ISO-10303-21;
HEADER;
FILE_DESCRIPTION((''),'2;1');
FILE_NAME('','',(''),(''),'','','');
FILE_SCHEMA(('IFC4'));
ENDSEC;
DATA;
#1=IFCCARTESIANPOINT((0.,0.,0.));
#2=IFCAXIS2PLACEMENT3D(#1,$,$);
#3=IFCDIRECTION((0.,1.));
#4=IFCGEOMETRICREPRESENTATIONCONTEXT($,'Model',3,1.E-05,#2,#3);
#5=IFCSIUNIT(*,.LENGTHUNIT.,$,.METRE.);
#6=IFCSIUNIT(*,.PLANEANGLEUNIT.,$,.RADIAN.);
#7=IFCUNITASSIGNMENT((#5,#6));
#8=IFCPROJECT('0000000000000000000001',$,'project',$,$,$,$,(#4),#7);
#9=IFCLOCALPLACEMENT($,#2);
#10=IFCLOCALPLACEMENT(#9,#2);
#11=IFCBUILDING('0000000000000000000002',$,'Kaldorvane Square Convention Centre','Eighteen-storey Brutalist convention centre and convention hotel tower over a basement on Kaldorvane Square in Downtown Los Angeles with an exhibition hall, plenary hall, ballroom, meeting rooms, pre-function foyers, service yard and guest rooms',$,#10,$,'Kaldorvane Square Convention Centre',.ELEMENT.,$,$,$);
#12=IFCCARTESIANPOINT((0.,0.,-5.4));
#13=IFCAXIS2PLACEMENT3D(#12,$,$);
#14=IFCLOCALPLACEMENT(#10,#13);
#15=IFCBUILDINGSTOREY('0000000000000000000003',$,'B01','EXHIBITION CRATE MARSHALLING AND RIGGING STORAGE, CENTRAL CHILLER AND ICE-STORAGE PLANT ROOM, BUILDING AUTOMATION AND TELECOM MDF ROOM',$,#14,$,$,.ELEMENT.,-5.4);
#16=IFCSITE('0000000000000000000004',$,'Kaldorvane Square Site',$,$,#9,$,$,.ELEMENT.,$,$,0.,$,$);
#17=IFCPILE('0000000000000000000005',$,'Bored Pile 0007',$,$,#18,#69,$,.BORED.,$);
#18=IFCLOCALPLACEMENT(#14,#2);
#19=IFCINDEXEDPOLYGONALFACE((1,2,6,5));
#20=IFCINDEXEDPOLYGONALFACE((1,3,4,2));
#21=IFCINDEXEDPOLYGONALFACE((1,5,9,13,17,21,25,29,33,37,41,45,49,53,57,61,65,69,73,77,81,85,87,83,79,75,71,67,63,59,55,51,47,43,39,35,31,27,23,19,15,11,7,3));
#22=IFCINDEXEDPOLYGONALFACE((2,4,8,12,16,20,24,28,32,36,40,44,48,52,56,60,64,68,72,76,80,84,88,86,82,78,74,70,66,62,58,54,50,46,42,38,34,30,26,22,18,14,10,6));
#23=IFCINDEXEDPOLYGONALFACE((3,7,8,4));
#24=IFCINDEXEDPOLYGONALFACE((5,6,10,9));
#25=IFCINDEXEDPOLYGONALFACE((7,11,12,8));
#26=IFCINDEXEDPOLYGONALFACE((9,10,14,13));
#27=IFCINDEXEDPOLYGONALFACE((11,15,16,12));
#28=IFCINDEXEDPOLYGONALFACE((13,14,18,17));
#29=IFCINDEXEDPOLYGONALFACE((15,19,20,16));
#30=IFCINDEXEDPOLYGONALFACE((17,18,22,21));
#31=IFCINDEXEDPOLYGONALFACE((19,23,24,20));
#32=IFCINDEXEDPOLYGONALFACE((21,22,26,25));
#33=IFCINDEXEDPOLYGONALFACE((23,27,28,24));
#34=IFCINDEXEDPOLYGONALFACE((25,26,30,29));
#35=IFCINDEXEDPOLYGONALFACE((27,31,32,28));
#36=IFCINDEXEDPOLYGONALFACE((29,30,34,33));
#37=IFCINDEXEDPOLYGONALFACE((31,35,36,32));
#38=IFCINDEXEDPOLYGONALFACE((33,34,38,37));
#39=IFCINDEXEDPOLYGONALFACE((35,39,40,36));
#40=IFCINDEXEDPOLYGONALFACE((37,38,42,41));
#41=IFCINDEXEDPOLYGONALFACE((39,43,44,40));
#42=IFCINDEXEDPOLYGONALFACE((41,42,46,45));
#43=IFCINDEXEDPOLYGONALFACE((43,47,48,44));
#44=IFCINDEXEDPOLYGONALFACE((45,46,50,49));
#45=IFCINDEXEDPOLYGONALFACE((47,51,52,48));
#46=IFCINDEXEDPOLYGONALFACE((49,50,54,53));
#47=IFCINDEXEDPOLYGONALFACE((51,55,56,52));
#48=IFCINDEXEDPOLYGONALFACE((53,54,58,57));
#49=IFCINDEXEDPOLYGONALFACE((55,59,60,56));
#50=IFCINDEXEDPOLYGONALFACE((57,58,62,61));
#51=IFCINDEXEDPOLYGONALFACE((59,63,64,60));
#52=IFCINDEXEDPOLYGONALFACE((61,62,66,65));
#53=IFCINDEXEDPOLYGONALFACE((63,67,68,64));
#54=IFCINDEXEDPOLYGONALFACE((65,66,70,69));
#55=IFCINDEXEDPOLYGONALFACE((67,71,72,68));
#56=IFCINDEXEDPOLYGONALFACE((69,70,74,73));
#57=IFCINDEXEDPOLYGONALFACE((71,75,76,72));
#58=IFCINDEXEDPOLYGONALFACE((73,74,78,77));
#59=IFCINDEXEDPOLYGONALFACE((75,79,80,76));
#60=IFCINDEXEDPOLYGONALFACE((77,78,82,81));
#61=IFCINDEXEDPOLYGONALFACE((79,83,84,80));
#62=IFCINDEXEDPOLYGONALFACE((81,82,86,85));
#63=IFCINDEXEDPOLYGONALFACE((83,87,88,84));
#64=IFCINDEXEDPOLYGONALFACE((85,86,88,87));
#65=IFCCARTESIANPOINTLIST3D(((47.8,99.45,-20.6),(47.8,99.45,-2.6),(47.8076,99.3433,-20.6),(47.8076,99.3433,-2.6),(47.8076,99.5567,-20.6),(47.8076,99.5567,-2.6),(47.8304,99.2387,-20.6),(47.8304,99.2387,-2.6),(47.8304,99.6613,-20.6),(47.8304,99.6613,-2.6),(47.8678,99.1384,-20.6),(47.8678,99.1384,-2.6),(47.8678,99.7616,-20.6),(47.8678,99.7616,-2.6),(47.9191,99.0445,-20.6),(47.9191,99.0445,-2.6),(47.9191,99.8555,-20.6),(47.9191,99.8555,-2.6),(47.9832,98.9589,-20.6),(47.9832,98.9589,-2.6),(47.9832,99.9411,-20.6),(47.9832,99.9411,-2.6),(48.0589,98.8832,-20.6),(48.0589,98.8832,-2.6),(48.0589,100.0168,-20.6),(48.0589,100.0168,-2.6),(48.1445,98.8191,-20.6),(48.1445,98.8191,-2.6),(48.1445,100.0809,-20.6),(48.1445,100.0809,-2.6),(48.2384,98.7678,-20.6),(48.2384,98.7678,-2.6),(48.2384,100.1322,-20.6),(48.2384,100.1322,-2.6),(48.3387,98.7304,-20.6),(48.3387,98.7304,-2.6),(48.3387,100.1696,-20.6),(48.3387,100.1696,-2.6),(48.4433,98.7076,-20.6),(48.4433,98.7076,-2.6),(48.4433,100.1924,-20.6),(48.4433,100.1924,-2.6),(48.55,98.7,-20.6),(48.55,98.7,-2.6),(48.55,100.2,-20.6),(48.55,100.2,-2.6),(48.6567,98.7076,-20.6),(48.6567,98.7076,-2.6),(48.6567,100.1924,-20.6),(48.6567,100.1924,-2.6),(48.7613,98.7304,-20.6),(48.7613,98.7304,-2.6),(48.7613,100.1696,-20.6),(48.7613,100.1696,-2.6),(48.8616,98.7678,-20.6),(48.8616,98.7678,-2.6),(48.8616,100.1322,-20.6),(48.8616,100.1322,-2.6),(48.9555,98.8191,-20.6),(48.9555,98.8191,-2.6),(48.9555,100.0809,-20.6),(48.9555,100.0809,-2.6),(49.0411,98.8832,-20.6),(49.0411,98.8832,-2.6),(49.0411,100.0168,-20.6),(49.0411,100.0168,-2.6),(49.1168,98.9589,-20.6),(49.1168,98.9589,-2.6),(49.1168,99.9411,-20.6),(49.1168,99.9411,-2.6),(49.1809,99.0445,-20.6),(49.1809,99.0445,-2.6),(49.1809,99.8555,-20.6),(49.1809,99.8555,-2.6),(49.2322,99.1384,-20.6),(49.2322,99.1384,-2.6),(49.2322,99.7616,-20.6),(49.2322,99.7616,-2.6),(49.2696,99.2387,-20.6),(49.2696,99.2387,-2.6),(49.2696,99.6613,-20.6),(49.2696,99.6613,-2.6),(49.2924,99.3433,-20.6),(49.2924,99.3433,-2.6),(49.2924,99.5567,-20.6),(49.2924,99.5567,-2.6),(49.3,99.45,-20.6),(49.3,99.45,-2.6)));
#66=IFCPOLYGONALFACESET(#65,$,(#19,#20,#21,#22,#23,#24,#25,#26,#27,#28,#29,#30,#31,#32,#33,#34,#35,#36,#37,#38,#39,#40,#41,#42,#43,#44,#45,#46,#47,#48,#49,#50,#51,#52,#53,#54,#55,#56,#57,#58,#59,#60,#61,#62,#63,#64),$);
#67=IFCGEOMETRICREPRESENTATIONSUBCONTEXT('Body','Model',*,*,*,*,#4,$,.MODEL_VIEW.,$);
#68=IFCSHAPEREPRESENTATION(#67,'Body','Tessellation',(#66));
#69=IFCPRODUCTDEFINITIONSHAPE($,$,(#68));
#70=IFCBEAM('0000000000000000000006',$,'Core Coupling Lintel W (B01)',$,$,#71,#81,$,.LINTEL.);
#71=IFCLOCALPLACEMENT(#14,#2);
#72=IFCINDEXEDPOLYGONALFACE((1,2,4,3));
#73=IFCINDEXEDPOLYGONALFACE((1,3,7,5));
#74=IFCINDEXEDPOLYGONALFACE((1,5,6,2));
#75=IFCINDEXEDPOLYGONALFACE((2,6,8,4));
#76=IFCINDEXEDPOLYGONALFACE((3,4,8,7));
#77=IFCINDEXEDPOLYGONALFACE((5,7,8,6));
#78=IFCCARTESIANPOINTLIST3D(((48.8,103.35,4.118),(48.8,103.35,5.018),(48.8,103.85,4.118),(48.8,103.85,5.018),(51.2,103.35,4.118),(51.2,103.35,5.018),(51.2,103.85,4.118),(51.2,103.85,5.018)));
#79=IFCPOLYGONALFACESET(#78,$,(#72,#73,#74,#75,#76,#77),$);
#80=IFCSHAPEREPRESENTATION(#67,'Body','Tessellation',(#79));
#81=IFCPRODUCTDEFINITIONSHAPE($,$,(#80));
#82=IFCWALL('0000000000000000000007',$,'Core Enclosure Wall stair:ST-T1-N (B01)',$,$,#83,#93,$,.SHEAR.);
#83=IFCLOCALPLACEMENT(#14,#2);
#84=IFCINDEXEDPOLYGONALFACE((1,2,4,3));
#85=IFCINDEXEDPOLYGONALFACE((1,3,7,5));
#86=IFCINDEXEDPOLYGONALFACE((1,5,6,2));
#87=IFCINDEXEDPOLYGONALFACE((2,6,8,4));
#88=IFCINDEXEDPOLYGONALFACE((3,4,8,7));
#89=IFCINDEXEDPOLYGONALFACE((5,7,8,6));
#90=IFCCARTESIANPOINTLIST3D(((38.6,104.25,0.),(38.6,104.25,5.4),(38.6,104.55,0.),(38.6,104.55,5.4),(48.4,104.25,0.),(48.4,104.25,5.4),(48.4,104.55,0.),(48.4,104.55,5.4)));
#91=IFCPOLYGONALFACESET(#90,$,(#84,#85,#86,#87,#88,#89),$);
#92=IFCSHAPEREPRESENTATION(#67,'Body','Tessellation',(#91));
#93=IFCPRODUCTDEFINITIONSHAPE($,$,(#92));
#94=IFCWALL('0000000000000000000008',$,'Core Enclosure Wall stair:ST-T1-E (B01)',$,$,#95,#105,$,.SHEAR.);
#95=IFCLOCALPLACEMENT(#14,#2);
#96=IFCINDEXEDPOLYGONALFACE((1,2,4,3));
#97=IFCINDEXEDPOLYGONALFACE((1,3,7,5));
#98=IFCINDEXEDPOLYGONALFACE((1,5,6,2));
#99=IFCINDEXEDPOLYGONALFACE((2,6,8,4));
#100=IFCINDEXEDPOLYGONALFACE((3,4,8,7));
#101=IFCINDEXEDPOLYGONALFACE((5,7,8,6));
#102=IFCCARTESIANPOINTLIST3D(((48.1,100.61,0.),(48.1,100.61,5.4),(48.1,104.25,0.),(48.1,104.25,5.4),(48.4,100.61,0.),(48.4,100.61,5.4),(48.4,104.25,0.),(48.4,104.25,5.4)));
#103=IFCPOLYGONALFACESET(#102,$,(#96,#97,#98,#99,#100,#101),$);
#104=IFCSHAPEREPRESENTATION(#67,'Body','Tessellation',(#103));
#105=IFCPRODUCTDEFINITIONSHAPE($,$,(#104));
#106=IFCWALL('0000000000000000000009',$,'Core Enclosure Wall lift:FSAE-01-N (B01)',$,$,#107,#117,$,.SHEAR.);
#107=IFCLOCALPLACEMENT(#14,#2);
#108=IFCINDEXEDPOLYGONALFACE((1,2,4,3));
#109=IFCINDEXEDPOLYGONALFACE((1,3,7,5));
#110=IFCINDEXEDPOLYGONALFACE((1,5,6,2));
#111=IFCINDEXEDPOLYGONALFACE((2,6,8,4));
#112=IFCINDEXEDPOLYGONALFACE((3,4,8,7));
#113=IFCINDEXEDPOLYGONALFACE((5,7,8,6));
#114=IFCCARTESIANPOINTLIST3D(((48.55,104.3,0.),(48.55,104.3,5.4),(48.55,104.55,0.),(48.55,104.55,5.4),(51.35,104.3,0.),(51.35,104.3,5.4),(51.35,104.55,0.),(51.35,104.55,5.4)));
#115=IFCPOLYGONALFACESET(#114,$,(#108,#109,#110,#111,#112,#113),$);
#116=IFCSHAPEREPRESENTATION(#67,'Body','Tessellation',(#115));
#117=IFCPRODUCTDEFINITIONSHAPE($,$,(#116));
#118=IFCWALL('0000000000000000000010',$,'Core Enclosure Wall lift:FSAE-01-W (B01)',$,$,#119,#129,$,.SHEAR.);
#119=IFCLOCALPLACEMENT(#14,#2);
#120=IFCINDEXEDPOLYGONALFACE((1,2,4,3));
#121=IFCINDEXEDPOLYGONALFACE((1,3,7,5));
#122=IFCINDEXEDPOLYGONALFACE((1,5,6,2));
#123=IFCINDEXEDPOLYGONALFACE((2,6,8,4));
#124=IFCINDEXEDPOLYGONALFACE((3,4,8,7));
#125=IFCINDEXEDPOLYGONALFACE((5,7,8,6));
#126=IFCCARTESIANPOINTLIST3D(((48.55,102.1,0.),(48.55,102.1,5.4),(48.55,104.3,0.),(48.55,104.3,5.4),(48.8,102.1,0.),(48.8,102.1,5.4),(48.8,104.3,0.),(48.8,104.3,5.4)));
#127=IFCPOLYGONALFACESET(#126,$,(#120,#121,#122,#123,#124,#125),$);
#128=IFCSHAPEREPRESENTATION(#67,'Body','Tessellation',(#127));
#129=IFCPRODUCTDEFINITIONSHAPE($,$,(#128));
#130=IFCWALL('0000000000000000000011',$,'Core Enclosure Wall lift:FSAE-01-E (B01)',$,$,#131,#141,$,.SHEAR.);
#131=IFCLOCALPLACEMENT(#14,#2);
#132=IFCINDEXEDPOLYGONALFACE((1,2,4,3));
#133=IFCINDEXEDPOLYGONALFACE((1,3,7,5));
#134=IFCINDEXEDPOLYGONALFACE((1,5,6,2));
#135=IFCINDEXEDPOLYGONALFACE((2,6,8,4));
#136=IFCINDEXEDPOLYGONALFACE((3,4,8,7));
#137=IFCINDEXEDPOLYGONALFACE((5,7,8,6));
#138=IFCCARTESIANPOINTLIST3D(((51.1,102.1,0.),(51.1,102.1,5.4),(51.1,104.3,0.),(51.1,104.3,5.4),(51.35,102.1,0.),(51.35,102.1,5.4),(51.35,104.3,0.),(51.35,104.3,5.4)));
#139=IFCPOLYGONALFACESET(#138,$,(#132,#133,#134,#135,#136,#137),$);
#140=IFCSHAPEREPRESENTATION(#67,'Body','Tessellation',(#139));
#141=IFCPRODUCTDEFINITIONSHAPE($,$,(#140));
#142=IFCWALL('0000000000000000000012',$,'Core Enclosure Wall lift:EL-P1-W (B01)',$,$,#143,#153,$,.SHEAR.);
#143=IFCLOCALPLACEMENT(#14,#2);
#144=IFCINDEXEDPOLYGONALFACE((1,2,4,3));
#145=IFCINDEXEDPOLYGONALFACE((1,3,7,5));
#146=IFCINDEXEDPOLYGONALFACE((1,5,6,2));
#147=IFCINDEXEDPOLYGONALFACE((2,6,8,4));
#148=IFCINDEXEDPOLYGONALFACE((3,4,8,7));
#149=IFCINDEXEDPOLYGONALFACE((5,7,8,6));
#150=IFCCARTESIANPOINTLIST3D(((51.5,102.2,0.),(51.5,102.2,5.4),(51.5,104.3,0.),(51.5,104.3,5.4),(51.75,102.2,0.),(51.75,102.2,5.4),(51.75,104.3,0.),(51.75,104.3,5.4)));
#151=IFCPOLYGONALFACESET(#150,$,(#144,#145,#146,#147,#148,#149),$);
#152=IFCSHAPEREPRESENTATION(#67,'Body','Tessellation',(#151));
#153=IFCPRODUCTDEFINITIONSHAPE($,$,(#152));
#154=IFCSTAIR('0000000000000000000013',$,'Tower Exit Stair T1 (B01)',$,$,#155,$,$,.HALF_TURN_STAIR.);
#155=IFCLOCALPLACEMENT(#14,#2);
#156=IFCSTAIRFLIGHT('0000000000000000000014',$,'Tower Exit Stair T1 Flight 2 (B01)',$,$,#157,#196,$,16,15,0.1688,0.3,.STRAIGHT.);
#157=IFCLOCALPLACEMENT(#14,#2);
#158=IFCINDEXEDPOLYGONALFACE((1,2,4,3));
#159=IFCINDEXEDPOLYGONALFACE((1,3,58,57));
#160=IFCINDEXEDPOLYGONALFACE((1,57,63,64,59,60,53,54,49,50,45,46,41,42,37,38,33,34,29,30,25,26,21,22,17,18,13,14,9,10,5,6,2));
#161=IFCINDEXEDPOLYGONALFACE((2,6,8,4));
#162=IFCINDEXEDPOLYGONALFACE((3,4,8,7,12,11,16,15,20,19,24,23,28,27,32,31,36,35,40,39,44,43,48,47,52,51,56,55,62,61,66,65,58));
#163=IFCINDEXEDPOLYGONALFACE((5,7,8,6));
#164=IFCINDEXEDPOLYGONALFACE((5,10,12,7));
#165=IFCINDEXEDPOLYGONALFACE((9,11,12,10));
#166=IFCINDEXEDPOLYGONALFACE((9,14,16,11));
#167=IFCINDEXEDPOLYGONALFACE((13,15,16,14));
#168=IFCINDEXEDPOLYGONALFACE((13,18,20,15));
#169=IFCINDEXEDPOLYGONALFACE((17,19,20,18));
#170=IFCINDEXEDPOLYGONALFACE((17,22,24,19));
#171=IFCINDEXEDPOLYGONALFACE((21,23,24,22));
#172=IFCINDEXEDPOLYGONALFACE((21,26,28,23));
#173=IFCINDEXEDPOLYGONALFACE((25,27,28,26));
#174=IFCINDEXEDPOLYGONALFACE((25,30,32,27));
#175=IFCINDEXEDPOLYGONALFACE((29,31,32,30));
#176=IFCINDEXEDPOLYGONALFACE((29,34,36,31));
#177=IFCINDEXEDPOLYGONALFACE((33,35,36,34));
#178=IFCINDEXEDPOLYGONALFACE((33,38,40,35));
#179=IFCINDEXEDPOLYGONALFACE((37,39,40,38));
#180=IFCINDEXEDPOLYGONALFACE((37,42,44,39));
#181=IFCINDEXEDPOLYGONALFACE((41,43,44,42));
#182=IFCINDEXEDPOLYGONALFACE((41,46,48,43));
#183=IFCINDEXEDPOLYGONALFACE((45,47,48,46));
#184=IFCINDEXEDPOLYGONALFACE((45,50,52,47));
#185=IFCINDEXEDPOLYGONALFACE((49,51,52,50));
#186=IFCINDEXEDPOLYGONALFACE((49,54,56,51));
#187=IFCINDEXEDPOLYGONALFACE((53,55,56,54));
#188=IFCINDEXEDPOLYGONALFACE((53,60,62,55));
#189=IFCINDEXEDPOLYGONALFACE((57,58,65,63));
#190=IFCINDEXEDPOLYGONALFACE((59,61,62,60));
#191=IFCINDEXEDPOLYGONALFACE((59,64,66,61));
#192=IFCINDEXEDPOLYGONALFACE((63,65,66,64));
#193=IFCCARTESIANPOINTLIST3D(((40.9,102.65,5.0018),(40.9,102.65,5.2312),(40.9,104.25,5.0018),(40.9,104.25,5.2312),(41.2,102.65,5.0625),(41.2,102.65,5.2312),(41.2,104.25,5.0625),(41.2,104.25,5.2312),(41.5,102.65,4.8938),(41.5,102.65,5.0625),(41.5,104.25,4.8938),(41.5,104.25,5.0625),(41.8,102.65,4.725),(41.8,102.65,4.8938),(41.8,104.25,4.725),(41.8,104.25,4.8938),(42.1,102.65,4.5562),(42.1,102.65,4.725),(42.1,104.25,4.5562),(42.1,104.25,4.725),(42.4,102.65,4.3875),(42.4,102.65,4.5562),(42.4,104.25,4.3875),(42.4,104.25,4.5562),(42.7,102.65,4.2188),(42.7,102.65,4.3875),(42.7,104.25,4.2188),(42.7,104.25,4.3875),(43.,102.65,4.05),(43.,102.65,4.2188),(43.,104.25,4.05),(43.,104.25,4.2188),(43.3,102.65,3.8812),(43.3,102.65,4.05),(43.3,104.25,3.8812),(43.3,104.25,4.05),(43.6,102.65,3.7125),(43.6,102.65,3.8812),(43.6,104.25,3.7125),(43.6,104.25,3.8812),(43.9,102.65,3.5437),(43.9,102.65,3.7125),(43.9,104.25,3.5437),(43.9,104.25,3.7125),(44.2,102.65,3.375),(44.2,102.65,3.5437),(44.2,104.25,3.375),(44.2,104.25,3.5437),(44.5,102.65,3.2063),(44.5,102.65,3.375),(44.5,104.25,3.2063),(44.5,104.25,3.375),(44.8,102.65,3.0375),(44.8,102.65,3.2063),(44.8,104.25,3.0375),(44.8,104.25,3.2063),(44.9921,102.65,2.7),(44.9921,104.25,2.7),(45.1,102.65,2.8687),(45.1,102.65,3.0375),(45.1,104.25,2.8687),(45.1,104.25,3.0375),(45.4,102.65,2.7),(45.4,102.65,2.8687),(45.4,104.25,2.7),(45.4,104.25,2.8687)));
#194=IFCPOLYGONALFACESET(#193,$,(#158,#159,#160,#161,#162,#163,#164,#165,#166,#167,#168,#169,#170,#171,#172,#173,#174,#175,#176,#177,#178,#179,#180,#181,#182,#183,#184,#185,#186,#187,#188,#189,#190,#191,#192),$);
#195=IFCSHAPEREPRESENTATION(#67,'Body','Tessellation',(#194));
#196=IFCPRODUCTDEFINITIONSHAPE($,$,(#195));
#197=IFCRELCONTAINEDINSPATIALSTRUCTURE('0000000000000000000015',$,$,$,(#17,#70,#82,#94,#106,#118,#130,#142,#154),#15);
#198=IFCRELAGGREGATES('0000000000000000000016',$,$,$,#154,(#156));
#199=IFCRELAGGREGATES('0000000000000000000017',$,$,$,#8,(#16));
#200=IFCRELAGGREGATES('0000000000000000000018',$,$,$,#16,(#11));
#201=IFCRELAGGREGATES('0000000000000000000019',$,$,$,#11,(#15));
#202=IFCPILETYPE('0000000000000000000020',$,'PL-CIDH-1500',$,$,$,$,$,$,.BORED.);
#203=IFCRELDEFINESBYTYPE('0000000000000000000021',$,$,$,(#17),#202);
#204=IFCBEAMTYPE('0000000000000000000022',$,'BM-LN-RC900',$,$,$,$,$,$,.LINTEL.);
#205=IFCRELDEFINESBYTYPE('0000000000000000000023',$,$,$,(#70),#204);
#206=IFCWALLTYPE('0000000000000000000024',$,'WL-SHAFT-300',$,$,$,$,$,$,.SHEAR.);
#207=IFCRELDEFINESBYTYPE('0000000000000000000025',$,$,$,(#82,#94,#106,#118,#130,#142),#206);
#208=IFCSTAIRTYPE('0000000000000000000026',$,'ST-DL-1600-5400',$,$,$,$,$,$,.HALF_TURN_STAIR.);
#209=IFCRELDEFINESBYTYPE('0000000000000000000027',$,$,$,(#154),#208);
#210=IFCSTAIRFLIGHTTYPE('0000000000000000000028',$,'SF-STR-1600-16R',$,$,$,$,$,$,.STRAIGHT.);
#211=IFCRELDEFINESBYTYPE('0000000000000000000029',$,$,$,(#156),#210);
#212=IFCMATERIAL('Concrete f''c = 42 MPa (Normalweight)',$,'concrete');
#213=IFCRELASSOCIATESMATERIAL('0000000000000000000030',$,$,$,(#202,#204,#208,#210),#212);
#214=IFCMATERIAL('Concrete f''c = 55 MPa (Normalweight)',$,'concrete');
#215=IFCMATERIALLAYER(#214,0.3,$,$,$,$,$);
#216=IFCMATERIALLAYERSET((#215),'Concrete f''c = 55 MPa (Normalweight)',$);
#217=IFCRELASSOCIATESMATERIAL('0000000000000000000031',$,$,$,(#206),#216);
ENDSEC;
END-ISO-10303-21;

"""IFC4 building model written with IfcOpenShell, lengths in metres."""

from ifc_helpers import new_model, si_unit, direction, frame, frame_2d, origin, origin_2d, place, context, subcontext, project, spatial, polyline, rectangle, circle, outline, extrude, material, layer, layer_set, material_profile, profile_set, type_object, element, aggregate, save


model = new_model("IFC4")

# Units and contexts
model_context = context("Model", 3, precision=1e-05, world=origin(), true_north=direction((0.0, 1.0)))
body_context = subcontext(model_context, "Body", "Model", "MODEL_VIEW")
ifc_project = project(units=[si_unit("LENGTHUNIT", "METRE"), si_unit("PLANEANGLEUNIT", "RADIAN")], contexts=[model_context])

# Site, building, storey
site_placement = place(None, origin())
site = spatial("IfcSite", under=ifc_project, at=site_placement, Name="Kaldorvane Square Site", CompositionType="ELEMENT", RefElevation=0.0)
building_placement = place(site_placement, origin())
building = spatial("IfcBuilding", under=site, at=building_placement, Name="Kaldorvane Square Convention Centre", Description="Eighteen-storey Brutalist convention centre and convention hotel tower over a basement on Kaldorvane Square in Downtown Los Angeles with an exhibition hall, plenary hall, ballroom, meeting rooms, pre-function foyers, service yard and guest rooms", LongName="Kaldorvane Square Convention Centre", CompositionType="ELEMENT")
storey_placement = place(building_placement, frame((0.0, 0.0, -5.4)))
storey = spatial("IfcBuildingStorey", under=building, at=storey_placement, Name="B01", Description="EXHIBITION CRATE MARSHALLING AND RIGGING STORAGE, CENTRAL CHILLER AND ICE-STORAGE PLANT ROOM, BUILDING AUTOMATION AND TELECOM MDF ROOM", CompositionType="ELEMENT", Elevation=-5.4)

# Shared definitions
ifc_material_1 = material(Name="Concrete f'c = 42 MPa (Normalweight)", Category="concrete")

# Pile
ifc_material_profile_1 = material_profile(ifc_material_1, circle(Radius=0.75, at=origin_2d()), Name="PILE-D1500")
ifc_profile_set_1 = profile_set([ifc_material_profile_1], Name="Concrete f'c = 42 MPa (Normalweight)")
pile_type_1 = type_object("IfcPileType", Name="PL-CIDH-1500", PredefinedType="BORED", material=ifc_profile_set_1)
for number, where, z_axis, x_axis, name in (
    (1, (48.55, 99.45, -2.6), (0.0, 0.0, -1.0), (1.0, 0.0, 0.0), "Bored Pile 0007"),
):
    element("IfcPile", number, at=place(storey_placement, frame(where, z_axis=z_axis, x_axis=x_axis)), inside=storey, type_object=pile_type_1, Name=name, PredefinedType="BORED", context=body_context, shape_type="SweptSolid", body=[
        extrude(circle(Radius=0.75, at=origin_2d()), origin(), (0.0, 0.0, 1.0), 18.0),
    ])

# Beam
ifc_material_profile_2 = material_profile(ifc_material_1, rectangle(XDim=0.5, YDim=0.9, at=origin_2d()), Name="RCLN900X500")
ifc_profile_set_2 = profile_set([ifc_material_profile_2], Name="Concrete f'c = 42 MPa (Normalweight)")
beam_type = type_object("IfcBeamType", Name="BM-LN-RC900", PredefinedType="LINTEL", material=ifc_profile_set_2)
beam_placement = place(storey_placement, frame((48.8, 103.6, 4.568), z_axis=(1.0, 0.0, 0.0), x_axis=(0.0, 1.0, 0.0)))
element("IfcBeam", 2, at=beam_placement, inside=storey, type_object=beam_type, Name="Core Coupling Lintel W (B01)", PredefinedType="LINTEL", context=body_context, shape_type="SweptSolid", body=[
    extrude(rectangle(XDim=0.5, YDim=0.9, at=origin_2d()), origin(), (0.0, 0.0, 1.0), 2.4),
])

# Walls
ifc_material_2 = material(Name="Concrete f'c = 55 MPa (Normalweight)", Category="concrete")
ifc_layer = layer(ifc_material_2, 0.3)
ifc_layer_set = layer_set([ifc_layer], Name="Concrete f'c = 55 MPa (Normalweight)")
wall_type = type_object("IfcWallType", Name="WL-SHAFT-300", PredefinedType="SHEAR", material=ifc_layer_set)
wall_1_placement = place(storey_placement, frame((48.4, 104.4, 0.0), z_axis=(0.0, 0.0, 1.0), x_axis=(-1.0, 0.0, 0.0)))
element("IfcWall", 3, at=wall_1_placement, inside=storey, type_object=wall_type, Name="Core Enclosure Wall stair:ST-T1-N (B01)", PredefinedType="SHEAR", context=body_context, shape_type="SweptSolid", body=[
    extrude(rectangle(XDim=9.8, YDim=0.3, at=frame_2d((4.9, 0.0))), origin(), (0.0, 0.0, 1.0), 5.4),
])
wall_2_placement = place(storey_placement, frame((48.25, 100.61, 0.0), z_axis=(0.0, 0.0, 1.0), x_axis=(0.0, 1.0, 0.0)))
element("IfcWall", 4, at=wall_2_placement, inside=storey, type_object=wall_type, Name="Core Enclosure Wall stair:ST-T1-E (B01)", PredefinedType="SHEAR", context=body_context, shape_type="SweptSolid", body=[
    extrude(rectangle(XDim=3.64, YDim=0.3, at=frame_2d((1.82, 0.0))), origin(), (0.0, 0.0, 1.0), 5.4),
])

# Walls
wall_3_placement = place(storey_placement, frame((51.35, 104.425, 0.0), z_axis=(0.0, 0.0, 1.0), x_axis=(-1.0, 0.0, 0.0)))
element("IfcWall", 5, at=wall_3_placement, inside=storey, type_object=wall_type, Name="Core Enclosure Wall lift:FSAE-01-N (B01)", PredefinedType="SHEAR", context=body_context, shape_type="SweptSolid", body=[
    extrude(rectangle(XDim=2.8, YDim=0.25, at=frame_2d((1.4, 0.0))), origin(), (0.0, 0.0, 1.0), 5.4),
])
for number, where, z_axis, x_axis, name in (
    (6, (48.675, 104.3, 0.0), (0.0, 0.0, 1.0), (0.0, -1.0, 0.0), "Core Enclosure Wall lift:FSAE-01-W (B01)"),
    (7, (51.225, 102.1, 0.0), (0.0, 0.0, 1.0), (0.0, 1.0, 0.0), "Core Enclosure Wall lift:FSAE-01-E (B01)"),
):
    element("IfcWall", number, at=place(storey_placement, frame(where, z_axis=z_axis, x_axis=x_axis)), inside=storey, type_object=wall_type, Name=name, PredefinedType="SHEAR", context=body_context, shape_type="SweptSolid", body=[
        extrude(rectangle(XDim=2.2, YDim=0.25, at=frame_2d((1.1, 0.0))), origin(), (0.0, 0.0, 1.0), 5.4),
    ])

# Wall
wall_4_placement = place(storey_placement, frame((51.625, 104.3, 0.0), z_axis=(0.0, 0.0, 1.0), x_axis=(0.0, -1.0, 0.0)))
element("IfcWall", 8, at=wall_4_placement, inside=storey, type_object=wall_type, Name="Core Enclosure Wall lift:EL-P1-W (B01)", PredefinedType="SHEAR", context=body_context, shape_type="SweptSolid", body=[
    extrude(rectangle(XDim=2.1, YDim=0.25, at=frame_2d((1.05, 0.0))), origin(), (0.0, 0.0, 1.0), 5.4),
])

# Stair, stair flight
stair_type = type_object("IfcStairType", Name="ST-DL-1600-5400", PredefinedType="HALF_TURN_STAIR", material=ifc_material_1)
stair_placement = place(storey_placement, origin())
stair = element("IfcStair", 9, at=stair_placement, inside=storey, type_object=stair_type, Name="Tower Exit Stair T1 (B01)", PredefinedType="HALF_TURN_STAIR")
stair_flight_type = type_object("IfcStairFlightType", Name="SF-STR-1600-16R", PredefinedType="STRAIGHT", material=ifc_material_1)
stair_flight_placement = place(storey_placement, frame((45.4, 103.45, 2.7), z_axis=(0.0, 0.0, 1.0), x_axis=(-1.0, 0.0, 0.0)))
stair_flight = element("IfcStairFlight", 10, at=stair_flight_placement, type_object=stair_flight_type, Name="Tower Exit Stair T1 Flight 2 (B01)", NumberOfRisers=16, NumberOfTreads=15, PredefinedType="STRAIGHT", RiserHeight=0.1688, TreadLength=0.3, context=body_context, shape_type="SweptSolid", body=[
    extrude(outline(polyline([(0.0, 0.0), (0.0, 0.1687), (0.3, 0.1687), (0.3, 0.3375), (0.6, 0.3375), (0.6, 0.5063), (0.9, 0.5063), (0.9, 0.675), (1.2, 0.675), (1.2, 0.8438), (1.5, 0.8438), (1.5, 1.0125), (1.8, 1.0125), (1.8, 1.1812), (2.1, 1.1812), (2.1, 1.35), (2.4, 1.35), (2.4, 1.5188), (2.7, 1.5188), (2.7, 1.6875), (3.0, 1.6875), (3.0, 1.8562), (3.3, 1.8562), (3.3, 2.025), (3.6, 2.025), (3.6, 2.1938), (3.9, 2.1938), (3.9, 2.3625), (4.2, 2.3625), (4.2, 2.5312), (4.5, 2.5312), (4.5, 2.7), (4.5, 2.3018), (0.4079, 0.0), (0.0, 0.0)])), frame((0.0, 0.8, 0.0), z_axis=(0.0, -1.0, 0.0), x_axis=(1.0, 0.0, 0.0)), (0.0, 0.0, 1.0), 1.6),
])
aggregate(stair, [stair_flight])

save(model, "model.ifc")
